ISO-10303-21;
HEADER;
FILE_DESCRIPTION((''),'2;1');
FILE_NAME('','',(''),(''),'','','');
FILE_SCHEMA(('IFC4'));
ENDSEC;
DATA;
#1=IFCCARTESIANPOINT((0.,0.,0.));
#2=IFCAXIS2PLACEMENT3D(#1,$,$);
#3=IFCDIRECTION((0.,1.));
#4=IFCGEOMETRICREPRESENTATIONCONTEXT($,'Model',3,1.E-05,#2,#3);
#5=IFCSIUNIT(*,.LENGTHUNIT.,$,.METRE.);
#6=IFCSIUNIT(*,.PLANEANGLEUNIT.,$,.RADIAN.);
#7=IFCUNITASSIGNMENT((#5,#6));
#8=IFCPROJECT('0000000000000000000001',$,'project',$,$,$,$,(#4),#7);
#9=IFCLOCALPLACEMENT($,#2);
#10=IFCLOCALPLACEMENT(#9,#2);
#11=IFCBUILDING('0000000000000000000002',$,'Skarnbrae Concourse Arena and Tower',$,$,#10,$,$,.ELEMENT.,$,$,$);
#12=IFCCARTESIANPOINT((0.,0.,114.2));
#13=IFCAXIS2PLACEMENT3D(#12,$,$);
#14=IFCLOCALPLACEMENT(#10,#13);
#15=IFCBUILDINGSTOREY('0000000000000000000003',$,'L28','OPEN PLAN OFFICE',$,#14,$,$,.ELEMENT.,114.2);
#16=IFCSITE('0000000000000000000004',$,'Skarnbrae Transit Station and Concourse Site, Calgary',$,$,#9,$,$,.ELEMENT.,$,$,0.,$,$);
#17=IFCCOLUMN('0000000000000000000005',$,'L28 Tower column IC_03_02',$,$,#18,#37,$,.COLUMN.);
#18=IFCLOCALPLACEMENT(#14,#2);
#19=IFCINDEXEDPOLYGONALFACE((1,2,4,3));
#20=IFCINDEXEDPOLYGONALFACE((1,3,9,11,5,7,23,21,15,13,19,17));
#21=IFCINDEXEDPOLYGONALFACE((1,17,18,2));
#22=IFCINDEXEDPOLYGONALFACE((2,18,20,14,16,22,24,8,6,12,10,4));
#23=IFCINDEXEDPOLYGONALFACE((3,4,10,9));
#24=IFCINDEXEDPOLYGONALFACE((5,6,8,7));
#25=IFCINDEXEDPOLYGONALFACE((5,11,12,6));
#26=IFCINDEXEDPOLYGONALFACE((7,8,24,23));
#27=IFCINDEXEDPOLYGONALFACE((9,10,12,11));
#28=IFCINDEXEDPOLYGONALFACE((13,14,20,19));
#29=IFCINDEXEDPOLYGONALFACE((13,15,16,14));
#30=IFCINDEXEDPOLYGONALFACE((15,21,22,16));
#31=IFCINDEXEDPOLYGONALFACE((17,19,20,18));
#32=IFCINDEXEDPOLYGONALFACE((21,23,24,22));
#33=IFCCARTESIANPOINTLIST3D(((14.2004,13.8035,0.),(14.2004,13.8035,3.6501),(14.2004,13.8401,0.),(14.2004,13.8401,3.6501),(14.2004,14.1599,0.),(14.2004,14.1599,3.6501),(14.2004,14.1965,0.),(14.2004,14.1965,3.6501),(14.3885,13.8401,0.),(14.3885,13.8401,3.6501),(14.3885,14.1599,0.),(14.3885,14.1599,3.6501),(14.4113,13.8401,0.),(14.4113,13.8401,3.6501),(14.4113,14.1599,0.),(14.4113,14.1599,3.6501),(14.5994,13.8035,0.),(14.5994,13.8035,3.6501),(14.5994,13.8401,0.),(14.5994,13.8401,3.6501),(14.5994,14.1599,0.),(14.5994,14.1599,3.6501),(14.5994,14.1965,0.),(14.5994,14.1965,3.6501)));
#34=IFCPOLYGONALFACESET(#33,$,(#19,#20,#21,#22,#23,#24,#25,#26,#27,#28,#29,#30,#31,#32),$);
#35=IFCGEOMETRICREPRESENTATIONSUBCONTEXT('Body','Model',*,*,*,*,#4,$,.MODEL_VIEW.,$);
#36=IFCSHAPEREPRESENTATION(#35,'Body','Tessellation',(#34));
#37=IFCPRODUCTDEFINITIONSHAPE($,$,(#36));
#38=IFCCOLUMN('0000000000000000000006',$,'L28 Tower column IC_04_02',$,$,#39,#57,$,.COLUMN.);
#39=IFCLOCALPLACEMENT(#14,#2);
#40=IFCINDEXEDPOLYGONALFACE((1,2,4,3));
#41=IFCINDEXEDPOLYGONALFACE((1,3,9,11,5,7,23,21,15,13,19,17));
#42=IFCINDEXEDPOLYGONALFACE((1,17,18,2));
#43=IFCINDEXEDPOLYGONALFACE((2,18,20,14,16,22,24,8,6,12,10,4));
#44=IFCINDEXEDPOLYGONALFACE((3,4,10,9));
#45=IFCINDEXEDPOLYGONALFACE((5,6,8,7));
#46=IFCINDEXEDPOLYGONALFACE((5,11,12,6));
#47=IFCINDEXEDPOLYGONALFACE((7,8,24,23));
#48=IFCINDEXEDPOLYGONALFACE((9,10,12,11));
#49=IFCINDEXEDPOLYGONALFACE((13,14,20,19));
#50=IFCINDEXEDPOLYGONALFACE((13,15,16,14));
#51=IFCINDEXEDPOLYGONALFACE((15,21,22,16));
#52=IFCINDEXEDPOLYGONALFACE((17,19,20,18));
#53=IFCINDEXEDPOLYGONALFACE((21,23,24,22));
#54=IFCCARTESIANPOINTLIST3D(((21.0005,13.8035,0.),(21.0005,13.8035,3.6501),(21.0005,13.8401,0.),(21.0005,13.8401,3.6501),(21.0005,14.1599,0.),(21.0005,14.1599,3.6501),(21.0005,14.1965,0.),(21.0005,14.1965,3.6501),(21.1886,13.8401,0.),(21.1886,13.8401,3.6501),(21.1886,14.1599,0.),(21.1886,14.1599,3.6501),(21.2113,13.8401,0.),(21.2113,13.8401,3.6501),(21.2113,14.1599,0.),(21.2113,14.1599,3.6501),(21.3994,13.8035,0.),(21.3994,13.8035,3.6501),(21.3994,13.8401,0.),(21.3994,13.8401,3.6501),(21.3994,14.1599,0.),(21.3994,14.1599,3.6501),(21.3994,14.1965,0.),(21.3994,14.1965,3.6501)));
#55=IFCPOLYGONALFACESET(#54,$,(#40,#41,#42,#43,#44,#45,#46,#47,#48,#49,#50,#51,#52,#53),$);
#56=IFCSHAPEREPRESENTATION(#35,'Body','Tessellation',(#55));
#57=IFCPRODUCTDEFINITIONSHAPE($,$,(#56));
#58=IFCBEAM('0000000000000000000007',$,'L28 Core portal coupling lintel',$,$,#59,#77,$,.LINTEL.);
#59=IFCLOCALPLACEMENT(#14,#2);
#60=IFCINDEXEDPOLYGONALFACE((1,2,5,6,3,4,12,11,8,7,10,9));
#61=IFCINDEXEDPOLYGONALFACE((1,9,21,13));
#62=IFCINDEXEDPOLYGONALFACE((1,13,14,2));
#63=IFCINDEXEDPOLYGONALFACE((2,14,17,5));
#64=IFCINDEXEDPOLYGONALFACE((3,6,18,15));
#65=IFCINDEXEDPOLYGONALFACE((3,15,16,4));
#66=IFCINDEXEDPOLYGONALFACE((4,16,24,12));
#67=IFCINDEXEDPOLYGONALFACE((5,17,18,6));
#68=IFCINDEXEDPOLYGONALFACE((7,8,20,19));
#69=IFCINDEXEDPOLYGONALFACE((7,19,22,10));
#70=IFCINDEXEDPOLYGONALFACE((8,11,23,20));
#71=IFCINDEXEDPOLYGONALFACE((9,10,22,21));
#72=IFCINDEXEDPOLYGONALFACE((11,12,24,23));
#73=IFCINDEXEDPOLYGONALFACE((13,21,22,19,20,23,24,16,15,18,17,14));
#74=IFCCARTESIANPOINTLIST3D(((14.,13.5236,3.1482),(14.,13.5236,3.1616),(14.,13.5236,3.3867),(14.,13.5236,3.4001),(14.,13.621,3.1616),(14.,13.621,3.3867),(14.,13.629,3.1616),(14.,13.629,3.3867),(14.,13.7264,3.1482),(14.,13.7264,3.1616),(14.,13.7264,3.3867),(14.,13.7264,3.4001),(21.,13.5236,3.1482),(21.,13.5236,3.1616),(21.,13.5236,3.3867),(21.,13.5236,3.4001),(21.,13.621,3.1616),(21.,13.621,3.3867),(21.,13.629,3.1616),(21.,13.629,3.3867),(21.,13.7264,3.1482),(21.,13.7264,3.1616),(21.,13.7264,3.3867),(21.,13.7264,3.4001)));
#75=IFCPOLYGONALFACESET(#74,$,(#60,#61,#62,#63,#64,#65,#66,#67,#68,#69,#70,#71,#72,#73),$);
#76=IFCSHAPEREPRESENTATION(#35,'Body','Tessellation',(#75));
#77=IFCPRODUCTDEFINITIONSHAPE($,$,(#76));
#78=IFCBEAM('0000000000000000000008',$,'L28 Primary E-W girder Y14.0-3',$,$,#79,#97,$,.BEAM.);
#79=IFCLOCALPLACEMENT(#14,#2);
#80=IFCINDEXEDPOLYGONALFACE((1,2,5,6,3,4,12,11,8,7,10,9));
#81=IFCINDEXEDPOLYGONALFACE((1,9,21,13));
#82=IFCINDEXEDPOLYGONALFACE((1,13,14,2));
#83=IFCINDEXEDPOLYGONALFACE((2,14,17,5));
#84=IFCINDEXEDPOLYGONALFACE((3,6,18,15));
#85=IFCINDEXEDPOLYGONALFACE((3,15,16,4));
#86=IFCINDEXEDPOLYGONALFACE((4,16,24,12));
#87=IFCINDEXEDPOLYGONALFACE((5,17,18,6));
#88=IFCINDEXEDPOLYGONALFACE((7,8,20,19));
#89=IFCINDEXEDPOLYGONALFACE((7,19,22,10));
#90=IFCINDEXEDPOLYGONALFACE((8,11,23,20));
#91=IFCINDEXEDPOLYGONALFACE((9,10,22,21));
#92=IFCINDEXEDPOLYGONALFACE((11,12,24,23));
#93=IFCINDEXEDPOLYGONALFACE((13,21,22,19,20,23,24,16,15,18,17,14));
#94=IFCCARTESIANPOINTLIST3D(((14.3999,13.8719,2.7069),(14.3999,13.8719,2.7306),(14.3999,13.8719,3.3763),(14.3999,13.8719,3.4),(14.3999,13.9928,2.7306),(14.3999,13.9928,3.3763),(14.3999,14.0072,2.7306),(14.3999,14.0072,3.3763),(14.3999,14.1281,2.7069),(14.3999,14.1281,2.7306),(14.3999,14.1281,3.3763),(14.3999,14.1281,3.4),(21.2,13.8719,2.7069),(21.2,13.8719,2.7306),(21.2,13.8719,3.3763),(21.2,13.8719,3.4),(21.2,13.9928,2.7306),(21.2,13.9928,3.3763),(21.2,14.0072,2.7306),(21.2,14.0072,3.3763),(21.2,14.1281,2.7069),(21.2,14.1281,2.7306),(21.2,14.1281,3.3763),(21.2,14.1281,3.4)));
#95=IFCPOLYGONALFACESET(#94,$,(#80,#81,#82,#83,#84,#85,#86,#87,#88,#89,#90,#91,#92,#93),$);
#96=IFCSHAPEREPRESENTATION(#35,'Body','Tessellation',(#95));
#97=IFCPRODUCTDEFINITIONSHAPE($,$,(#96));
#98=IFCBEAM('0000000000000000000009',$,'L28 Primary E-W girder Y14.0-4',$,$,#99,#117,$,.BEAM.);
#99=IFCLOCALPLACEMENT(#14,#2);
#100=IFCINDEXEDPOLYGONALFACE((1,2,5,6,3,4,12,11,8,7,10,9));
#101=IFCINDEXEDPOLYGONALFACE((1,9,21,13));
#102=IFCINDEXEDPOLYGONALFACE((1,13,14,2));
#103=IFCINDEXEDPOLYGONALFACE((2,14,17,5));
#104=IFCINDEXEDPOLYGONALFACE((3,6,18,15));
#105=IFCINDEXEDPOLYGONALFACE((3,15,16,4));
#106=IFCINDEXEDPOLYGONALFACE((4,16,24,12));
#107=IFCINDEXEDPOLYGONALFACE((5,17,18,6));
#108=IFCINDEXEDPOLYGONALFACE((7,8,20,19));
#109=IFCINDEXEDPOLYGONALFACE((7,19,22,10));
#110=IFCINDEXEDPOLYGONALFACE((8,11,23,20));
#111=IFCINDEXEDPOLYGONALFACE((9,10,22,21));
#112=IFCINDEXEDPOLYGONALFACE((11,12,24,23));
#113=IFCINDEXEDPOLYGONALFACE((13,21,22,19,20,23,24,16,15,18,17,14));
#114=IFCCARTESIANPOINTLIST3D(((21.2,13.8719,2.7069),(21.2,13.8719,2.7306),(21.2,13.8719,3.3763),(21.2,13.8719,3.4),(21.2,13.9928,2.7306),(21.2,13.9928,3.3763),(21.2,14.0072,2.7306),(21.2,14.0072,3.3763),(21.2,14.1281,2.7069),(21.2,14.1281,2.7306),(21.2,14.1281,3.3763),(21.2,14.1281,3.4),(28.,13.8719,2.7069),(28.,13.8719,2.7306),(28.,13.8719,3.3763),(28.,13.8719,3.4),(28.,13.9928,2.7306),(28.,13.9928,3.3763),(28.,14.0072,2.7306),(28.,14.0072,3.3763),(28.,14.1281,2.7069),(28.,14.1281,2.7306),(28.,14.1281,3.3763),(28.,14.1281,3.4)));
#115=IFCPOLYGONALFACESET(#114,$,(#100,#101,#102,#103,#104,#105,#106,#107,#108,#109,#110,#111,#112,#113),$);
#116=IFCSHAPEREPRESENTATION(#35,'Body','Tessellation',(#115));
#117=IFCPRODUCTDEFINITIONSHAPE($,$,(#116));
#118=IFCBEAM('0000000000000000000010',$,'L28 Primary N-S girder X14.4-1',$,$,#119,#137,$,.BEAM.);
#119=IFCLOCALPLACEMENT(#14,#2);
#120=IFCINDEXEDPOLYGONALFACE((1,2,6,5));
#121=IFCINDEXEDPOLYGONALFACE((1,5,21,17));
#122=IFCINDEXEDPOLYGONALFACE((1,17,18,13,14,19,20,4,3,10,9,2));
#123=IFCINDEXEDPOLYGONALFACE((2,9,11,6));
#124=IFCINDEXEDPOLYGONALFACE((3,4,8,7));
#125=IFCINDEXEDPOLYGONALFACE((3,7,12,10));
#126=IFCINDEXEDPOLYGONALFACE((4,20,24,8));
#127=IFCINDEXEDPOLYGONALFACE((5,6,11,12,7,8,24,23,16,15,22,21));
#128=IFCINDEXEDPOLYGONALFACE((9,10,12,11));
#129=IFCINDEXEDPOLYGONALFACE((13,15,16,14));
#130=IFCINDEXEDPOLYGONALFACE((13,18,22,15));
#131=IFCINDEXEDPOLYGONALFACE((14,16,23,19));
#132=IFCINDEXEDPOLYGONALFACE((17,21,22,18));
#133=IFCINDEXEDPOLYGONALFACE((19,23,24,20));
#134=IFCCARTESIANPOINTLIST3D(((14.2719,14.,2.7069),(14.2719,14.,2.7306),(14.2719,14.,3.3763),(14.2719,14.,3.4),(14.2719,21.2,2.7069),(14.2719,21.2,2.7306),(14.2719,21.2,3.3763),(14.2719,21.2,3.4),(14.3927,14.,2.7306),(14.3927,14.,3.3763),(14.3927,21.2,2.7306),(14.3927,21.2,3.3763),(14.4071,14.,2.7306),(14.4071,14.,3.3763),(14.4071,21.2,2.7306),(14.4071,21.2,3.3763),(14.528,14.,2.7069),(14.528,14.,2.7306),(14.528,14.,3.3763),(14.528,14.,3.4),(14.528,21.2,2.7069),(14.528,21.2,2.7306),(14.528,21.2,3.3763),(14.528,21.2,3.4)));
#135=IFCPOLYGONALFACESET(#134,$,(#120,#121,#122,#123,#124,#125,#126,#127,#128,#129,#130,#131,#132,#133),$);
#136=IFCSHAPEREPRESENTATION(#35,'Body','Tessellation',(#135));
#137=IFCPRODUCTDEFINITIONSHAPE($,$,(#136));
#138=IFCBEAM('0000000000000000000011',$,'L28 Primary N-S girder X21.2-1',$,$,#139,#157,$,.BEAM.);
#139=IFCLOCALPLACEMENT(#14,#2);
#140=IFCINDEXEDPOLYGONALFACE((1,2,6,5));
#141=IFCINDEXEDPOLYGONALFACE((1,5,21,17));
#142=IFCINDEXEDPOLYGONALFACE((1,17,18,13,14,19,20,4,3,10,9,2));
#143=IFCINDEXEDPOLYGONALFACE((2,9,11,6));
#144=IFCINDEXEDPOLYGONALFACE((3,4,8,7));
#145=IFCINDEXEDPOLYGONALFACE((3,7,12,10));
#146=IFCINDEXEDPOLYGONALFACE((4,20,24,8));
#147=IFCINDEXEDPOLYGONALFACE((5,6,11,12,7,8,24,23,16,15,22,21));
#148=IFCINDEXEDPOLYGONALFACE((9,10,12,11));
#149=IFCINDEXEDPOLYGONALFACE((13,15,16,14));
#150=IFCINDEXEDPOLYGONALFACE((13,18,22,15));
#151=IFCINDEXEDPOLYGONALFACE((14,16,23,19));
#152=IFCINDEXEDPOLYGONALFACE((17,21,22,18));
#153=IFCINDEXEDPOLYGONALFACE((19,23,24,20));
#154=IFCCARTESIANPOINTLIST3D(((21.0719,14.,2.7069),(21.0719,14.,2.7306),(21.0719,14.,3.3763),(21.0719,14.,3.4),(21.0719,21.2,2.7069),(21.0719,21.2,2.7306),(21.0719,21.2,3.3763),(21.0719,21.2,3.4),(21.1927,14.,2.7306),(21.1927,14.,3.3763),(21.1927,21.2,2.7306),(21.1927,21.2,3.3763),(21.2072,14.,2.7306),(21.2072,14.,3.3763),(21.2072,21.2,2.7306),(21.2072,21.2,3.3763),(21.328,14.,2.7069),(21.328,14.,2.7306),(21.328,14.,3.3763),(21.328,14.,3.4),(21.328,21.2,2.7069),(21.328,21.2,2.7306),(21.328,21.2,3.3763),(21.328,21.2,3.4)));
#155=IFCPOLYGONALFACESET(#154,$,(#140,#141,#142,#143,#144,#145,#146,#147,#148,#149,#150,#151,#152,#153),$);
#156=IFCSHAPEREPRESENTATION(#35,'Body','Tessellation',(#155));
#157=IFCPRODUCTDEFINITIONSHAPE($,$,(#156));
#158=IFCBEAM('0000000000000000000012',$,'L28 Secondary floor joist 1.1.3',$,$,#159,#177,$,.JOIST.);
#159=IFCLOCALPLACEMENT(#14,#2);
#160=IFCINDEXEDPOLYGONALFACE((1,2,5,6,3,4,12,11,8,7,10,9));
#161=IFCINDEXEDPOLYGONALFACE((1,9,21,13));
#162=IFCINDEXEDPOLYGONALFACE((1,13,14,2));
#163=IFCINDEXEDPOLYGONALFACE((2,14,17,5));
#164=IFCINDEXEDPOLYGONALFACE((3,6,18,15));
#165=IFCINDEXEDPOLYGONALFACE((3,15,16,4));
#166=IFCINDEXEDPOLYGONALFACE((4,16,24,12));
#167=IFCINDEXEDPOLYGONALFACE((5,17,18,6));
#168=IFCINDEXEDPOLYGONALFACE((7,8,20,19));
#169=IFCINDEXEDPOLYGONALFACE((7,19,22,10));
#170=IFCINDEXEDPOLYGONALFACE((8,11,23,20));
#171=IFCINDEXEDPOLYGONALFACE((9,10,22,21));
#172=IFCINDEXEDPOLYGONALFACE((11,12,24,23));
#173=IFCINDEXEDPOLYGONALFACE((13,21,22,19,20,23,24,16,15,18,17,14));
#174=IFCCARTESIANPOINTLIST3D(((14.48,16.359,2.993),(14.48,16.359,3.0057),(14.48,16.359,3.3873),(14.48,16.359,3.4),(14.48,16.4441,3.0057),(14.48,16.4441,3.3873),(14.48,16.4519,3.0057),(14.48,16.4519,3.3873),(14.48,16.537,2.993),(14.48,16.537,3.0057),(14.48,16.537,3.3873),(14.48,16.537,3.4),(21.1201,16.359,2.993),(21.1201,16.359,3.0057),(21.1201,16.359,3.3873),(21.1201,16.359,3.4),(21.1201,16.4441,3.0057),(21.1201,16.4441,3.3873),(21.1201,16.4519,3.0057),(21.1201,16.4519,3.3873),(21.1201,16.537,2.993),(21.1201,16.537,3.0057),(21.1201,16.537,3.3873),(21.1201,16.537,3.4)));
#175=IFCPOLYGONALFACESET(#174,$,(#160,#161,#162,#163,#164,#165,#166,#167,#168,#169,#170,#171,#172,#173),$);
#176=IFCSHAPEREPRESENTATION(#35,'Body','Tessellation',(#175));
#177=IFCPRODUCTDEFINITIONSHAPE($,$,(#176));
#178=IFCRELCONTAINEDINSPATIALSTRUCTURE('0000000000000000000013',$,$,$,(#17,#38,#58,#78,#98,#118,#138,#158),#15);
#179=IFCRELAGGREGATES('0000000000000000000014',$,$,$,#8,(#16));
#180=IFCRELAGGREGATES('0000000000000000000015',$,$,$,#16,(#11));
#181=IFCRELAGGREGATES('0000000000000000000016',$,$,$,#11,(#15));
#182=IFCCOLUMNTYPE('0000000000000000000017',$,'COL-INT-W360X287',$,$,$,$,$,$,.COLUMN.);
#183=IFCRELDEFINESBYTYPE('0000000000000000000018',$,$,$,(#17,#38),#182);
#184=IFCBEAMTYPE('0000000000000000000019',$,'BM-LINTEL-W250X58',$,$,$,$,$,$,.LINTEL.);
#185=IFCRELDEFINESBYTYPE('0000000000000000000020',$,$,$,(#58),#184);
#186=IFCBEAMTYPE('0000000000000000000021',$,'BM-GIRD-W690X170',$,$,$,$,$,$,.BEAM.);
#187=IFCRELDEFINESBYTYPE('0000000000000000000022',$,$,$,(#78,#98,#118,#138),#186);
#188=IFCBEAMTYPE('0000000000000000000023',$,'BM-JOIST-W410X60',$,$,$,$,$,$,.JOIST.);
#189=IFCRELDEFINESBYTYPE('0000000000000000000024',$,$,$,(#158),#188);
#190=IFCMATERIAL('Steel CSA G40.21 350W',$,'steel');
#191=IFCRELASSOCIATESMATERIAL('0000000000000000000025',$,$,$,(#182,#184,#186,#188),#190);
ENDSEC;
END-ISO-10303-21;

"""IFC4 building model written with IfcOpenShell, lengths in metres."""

from ifc_helpers import new_model, si_unit, direction, frame, origin, origin_2d, place, context, subcontext, project, spatial, i_section, extrude, source, transform, mapped, material, material_profile, profile_set, type_object, element, save


model = new_model("IFC4")

# Units and contexts
model_context = context("Model", 3, precision=1e-05, world=origin(), true_north=direction((0.0, 1.0)))
body_context = subcontext(model_context, "Body", "Model", "MODEL_VIEW")
ifc_project = project(units=[si_unit("LENGTHUNIT", "METRE"), si_unit("PLANEANGLEUNIT", "RADIAN")], contexts=[model_context])

# Site, building, storey
site_placement = place(None, origin())
site = spatial("IfcSite", under=ifc_project, at=site_placement, Name="Skarnbrae Transit Station and Concourse Site, Calgary", CompositionType="ELEMENT", RefElevation=0.0)
building_placement = place(site_placement, origin())
building = spatial("IfcBuilding", under=site, at=building_placement, Name="Skarnbrae Concourse Arena and Tower", CompositionType="ELEMENT")
storey_placement = place(building_placement, frame((0.0, 0.0, 114.2)))
storey = spatial("IfcBuildingStorey", under=building, at=storey_placement, Name="L28", Description="OPEN PLAN OFFICE", CompositionType="ELEMENT", Elevation=114.2)

# Columns
ifc_material_1 = material(Name="Steel CSA G40.21 350W", Category="steel")
ifc_material_profile_1 = material_profile(ifc_material_1, i_section(OverallWidth=0.3989, OverallDepth=0.3931, WebThickness=0.0227, FlangeThickness=0.0366, at=origin_2d()), Name="W360X287")
ifc_profile_set_1 = profile_set([ifc_material_profile_1], Name="Steel CSA G40.21 350W")
column_type = type_object("IfcColumnType", Name="COL-INT-W360X287", PredefinedType="COLUMN", material=ifc_profile_set_1)
shared_shape_1 = source(origin(), body_context, "Body", "SweptSolid", [
    extrude(i_section(OverallWidth=0.3989, OverallDepth=0.3931, WebThickness=0.0227, FlangeThickness=0.0366, at=origin_2d()), origin(), (0.0, 0.0, 1.0), 3.6501),
])
for number, where, z_axis, x_axis, name in (
    (1, (14.3999, 14.0, 0.0), (0.0, 0.0, 1.0), (1.0, 0.0, 0.0), "L28 Tower column IC_03_02"),
    (2, (21.2, 14.0, 0.0), (0.0, 0.0, 1.0), (1.0, 0.0, 0.0), "L28 Tower column IC_04_02"),
):
    element("IfcColumn", number, at=place(storey_placement, frame(where, z_axis=z_axis, x_axis=x_axis)), inside=storey, type_object=column_type, Name=name, PredefinedType="COLUMN", context=body_context, shape_type="MappedRepresentation", body=[
        mapped(shared_shape_1, transform((0.0, 0.0, 0.0))),
    ])

# Beams
ifc_material_profile_2 = material_profile(ifc_material_1, i_section(OverallWidth=0.2029, OverallDepth=0.252, WebThickness=0.0081, FlangeThickness=0.0134, at=origin_2d()), Name="W250X58")
ifc_profile_set_2 = profile_set([ifc_material_profile_2], Name="Steel CSA G40.21 350W")
beam_type_1 = type_object("IfcBeamType", Name="BM-LINTEL-W250X58", PredefinedType="LINTEL", material=ifc_profile_set_2)
shared_shape_2 = source(origin(), body_context, "Body", "SweptSolid", [
    extrude(i_section(OverallWidth=0.2029, OverallDepth=0.252, WebThickness=0.0081, FlangeThickness=0.0134, at=origin_2d()), origin(), (0.0, 0.0, 1.0), 7.0),
])
beam_placement = place(storey_placement, frame((14.0, 13.625, 3.2742), z_axis=(1.0, 0.0, 0.0), x_axis=(0.0, 1.0, 0.0)))
element("IfcBeam", 3, at=beam_placement, inside=storey, type_object=beam_type_1, Name="L28 Core portal coupling lintel", PredefinedType="LINTEL", context=body_context, shape_type="MappedRepresentation", body=[
    mapped(shared_shape_2, transform((0.0, 0.0, 0.0))),
])
ifc_material_profile_3 = material_profile(ifc_material_1, i_section(OverallWidth=0.2561, OverallDepth=0.6931, WebThickness=0.0144, FlangeThickness=0.0237, at=origin_2d()), Name="W690X170")
ifc_profile_set_3 = profile_set([ifc_material_profile_3], Name="Steel CSA G40.21 350W")
beam_type_2 = type_object("IfcBeamType", Name="BM-GIRD-W690X170", PredefinedType="BEAM", material=ifc_profile_set_3)
shared_shape_3 = source(origin(), body_context, "Body", "SweptSolid", [
    extrude(i_section(OverallWidth=0.2561, OverallDepth=0.6931, WebThickness=0.0144, FlangeThickness=0.0237, at=origin_2d()), origin(), (0.0, 0.0, 1.0), 6.8),
])
for number, where, z_axis, x_axis, name in (
    (4, (14.3999, 14.0, 3.0535), (1.0, 0.0, 0.0), (0.0, 1.0, 0.0), "L28 Primary E-W girder Y14.0-3"),
    (5, (21.2, 14.0, 3.0535), (1.0, 0.0, 0.0), (0.0, 1.0, 0.0), "L28 Primary E-W girder Y14.0-4"),
):
    element("IfcBeam", number, at=place(storey_placement, frame(where, z_axis=z_axis, x_axis=x_axis)), inside=storey, type_object=beam_type_2, Name=name, PredefinedType="BEAM", context=body_context, shape_type="MappedRepresentation", body=[
        mapped(shared_shape_3, transform((0.0, 0.0, 0.0))),
    ])
shared_shape_4 = source(origin(), body_context, "Body", "SweptSolid", [
    extrude(i_section(OverallWidth=0.2561, OverallDepth=0.6931, WebThickness=0.0144, FlangeThickness=0.0237, at=origin_2d()), origin(), (0.0, 0.0, 1.0), 7.2),
])
for number, where, z_axis, x_axis, name in (
    (6, (14.3999, 14.0, 3.0535), (0.0, 1.0, 0.0), (-1.0, 0.0, 0.0), "L28 Primary N-S girder X14.4-1"),
    (7, (21.2, 14.0, 3.0535), (0.0, 1.0, 0.0), (-1.0, 0.0, 0.0), "L28 Primary N-S girder X21.2-1"),
):
    element("IfcBeam", number, at=place(storey_placement, frame(where, z_axis=z_axis, x_axis=x_axis)), inside=storey, type_object=beam_type_2, Name=name, PredefinedType="BEAM", context=body_context, shape_type="MappedRepresentation", body=[
        mapped(shared_shape_4, transform((0.0, 0.0, 0.0))),
    ])
ifc_material_profile_4 = material_profile(ifc_material_1, i_section(OverallWidth=0.178, OverallDepth=0.407, WebThickness=0.0078, FlangeThickness=0.0127, at=origin_2d()), Name="W410X60")
ifc_profile_set_4 = profile_set([ifc_material_profile_4], Name="Steel CSA G40.21 350W")
beam_type_3 = type_object("IfcBeamType", Name="BM-JOIST-W410X60", PredefinedType="JOIST", material=ifc_profile_set_4)
shared_shape_5 = source(origin(), body_context, "Body", "SweptSolid", [
    extrude(i_section(OverallWidth=0.178, OverallDepth=0.407, WebThickness=0.0078, FlangeThickness=0.0127, at=origin_2d()), origin(), (0.0, 0.0, 1.0), 6.6401),
])
for number, where, z_axis, x_axis, name in (
    (8, (14.48, 16.448, 3.1965), (1.0, 0.0, 0.0), (0.0, 1.0, 0.0), "L28 Secondary floor joist 1.1.3"),
):
    element("IfcBeam", number, at=place(storey_placement, frame(where, z_axis=z_axis, x_axis=x_axis)), inside=storey, type_object=beam_type_3, Name=name, PredefinedType="JOIST", context=body_context, shape_type="MappedRepresentation", body=[
        mapped(shared_shape_5, transform((0.0, 0.0, 0.0))),
    ])

save(model, "model.ifc")
